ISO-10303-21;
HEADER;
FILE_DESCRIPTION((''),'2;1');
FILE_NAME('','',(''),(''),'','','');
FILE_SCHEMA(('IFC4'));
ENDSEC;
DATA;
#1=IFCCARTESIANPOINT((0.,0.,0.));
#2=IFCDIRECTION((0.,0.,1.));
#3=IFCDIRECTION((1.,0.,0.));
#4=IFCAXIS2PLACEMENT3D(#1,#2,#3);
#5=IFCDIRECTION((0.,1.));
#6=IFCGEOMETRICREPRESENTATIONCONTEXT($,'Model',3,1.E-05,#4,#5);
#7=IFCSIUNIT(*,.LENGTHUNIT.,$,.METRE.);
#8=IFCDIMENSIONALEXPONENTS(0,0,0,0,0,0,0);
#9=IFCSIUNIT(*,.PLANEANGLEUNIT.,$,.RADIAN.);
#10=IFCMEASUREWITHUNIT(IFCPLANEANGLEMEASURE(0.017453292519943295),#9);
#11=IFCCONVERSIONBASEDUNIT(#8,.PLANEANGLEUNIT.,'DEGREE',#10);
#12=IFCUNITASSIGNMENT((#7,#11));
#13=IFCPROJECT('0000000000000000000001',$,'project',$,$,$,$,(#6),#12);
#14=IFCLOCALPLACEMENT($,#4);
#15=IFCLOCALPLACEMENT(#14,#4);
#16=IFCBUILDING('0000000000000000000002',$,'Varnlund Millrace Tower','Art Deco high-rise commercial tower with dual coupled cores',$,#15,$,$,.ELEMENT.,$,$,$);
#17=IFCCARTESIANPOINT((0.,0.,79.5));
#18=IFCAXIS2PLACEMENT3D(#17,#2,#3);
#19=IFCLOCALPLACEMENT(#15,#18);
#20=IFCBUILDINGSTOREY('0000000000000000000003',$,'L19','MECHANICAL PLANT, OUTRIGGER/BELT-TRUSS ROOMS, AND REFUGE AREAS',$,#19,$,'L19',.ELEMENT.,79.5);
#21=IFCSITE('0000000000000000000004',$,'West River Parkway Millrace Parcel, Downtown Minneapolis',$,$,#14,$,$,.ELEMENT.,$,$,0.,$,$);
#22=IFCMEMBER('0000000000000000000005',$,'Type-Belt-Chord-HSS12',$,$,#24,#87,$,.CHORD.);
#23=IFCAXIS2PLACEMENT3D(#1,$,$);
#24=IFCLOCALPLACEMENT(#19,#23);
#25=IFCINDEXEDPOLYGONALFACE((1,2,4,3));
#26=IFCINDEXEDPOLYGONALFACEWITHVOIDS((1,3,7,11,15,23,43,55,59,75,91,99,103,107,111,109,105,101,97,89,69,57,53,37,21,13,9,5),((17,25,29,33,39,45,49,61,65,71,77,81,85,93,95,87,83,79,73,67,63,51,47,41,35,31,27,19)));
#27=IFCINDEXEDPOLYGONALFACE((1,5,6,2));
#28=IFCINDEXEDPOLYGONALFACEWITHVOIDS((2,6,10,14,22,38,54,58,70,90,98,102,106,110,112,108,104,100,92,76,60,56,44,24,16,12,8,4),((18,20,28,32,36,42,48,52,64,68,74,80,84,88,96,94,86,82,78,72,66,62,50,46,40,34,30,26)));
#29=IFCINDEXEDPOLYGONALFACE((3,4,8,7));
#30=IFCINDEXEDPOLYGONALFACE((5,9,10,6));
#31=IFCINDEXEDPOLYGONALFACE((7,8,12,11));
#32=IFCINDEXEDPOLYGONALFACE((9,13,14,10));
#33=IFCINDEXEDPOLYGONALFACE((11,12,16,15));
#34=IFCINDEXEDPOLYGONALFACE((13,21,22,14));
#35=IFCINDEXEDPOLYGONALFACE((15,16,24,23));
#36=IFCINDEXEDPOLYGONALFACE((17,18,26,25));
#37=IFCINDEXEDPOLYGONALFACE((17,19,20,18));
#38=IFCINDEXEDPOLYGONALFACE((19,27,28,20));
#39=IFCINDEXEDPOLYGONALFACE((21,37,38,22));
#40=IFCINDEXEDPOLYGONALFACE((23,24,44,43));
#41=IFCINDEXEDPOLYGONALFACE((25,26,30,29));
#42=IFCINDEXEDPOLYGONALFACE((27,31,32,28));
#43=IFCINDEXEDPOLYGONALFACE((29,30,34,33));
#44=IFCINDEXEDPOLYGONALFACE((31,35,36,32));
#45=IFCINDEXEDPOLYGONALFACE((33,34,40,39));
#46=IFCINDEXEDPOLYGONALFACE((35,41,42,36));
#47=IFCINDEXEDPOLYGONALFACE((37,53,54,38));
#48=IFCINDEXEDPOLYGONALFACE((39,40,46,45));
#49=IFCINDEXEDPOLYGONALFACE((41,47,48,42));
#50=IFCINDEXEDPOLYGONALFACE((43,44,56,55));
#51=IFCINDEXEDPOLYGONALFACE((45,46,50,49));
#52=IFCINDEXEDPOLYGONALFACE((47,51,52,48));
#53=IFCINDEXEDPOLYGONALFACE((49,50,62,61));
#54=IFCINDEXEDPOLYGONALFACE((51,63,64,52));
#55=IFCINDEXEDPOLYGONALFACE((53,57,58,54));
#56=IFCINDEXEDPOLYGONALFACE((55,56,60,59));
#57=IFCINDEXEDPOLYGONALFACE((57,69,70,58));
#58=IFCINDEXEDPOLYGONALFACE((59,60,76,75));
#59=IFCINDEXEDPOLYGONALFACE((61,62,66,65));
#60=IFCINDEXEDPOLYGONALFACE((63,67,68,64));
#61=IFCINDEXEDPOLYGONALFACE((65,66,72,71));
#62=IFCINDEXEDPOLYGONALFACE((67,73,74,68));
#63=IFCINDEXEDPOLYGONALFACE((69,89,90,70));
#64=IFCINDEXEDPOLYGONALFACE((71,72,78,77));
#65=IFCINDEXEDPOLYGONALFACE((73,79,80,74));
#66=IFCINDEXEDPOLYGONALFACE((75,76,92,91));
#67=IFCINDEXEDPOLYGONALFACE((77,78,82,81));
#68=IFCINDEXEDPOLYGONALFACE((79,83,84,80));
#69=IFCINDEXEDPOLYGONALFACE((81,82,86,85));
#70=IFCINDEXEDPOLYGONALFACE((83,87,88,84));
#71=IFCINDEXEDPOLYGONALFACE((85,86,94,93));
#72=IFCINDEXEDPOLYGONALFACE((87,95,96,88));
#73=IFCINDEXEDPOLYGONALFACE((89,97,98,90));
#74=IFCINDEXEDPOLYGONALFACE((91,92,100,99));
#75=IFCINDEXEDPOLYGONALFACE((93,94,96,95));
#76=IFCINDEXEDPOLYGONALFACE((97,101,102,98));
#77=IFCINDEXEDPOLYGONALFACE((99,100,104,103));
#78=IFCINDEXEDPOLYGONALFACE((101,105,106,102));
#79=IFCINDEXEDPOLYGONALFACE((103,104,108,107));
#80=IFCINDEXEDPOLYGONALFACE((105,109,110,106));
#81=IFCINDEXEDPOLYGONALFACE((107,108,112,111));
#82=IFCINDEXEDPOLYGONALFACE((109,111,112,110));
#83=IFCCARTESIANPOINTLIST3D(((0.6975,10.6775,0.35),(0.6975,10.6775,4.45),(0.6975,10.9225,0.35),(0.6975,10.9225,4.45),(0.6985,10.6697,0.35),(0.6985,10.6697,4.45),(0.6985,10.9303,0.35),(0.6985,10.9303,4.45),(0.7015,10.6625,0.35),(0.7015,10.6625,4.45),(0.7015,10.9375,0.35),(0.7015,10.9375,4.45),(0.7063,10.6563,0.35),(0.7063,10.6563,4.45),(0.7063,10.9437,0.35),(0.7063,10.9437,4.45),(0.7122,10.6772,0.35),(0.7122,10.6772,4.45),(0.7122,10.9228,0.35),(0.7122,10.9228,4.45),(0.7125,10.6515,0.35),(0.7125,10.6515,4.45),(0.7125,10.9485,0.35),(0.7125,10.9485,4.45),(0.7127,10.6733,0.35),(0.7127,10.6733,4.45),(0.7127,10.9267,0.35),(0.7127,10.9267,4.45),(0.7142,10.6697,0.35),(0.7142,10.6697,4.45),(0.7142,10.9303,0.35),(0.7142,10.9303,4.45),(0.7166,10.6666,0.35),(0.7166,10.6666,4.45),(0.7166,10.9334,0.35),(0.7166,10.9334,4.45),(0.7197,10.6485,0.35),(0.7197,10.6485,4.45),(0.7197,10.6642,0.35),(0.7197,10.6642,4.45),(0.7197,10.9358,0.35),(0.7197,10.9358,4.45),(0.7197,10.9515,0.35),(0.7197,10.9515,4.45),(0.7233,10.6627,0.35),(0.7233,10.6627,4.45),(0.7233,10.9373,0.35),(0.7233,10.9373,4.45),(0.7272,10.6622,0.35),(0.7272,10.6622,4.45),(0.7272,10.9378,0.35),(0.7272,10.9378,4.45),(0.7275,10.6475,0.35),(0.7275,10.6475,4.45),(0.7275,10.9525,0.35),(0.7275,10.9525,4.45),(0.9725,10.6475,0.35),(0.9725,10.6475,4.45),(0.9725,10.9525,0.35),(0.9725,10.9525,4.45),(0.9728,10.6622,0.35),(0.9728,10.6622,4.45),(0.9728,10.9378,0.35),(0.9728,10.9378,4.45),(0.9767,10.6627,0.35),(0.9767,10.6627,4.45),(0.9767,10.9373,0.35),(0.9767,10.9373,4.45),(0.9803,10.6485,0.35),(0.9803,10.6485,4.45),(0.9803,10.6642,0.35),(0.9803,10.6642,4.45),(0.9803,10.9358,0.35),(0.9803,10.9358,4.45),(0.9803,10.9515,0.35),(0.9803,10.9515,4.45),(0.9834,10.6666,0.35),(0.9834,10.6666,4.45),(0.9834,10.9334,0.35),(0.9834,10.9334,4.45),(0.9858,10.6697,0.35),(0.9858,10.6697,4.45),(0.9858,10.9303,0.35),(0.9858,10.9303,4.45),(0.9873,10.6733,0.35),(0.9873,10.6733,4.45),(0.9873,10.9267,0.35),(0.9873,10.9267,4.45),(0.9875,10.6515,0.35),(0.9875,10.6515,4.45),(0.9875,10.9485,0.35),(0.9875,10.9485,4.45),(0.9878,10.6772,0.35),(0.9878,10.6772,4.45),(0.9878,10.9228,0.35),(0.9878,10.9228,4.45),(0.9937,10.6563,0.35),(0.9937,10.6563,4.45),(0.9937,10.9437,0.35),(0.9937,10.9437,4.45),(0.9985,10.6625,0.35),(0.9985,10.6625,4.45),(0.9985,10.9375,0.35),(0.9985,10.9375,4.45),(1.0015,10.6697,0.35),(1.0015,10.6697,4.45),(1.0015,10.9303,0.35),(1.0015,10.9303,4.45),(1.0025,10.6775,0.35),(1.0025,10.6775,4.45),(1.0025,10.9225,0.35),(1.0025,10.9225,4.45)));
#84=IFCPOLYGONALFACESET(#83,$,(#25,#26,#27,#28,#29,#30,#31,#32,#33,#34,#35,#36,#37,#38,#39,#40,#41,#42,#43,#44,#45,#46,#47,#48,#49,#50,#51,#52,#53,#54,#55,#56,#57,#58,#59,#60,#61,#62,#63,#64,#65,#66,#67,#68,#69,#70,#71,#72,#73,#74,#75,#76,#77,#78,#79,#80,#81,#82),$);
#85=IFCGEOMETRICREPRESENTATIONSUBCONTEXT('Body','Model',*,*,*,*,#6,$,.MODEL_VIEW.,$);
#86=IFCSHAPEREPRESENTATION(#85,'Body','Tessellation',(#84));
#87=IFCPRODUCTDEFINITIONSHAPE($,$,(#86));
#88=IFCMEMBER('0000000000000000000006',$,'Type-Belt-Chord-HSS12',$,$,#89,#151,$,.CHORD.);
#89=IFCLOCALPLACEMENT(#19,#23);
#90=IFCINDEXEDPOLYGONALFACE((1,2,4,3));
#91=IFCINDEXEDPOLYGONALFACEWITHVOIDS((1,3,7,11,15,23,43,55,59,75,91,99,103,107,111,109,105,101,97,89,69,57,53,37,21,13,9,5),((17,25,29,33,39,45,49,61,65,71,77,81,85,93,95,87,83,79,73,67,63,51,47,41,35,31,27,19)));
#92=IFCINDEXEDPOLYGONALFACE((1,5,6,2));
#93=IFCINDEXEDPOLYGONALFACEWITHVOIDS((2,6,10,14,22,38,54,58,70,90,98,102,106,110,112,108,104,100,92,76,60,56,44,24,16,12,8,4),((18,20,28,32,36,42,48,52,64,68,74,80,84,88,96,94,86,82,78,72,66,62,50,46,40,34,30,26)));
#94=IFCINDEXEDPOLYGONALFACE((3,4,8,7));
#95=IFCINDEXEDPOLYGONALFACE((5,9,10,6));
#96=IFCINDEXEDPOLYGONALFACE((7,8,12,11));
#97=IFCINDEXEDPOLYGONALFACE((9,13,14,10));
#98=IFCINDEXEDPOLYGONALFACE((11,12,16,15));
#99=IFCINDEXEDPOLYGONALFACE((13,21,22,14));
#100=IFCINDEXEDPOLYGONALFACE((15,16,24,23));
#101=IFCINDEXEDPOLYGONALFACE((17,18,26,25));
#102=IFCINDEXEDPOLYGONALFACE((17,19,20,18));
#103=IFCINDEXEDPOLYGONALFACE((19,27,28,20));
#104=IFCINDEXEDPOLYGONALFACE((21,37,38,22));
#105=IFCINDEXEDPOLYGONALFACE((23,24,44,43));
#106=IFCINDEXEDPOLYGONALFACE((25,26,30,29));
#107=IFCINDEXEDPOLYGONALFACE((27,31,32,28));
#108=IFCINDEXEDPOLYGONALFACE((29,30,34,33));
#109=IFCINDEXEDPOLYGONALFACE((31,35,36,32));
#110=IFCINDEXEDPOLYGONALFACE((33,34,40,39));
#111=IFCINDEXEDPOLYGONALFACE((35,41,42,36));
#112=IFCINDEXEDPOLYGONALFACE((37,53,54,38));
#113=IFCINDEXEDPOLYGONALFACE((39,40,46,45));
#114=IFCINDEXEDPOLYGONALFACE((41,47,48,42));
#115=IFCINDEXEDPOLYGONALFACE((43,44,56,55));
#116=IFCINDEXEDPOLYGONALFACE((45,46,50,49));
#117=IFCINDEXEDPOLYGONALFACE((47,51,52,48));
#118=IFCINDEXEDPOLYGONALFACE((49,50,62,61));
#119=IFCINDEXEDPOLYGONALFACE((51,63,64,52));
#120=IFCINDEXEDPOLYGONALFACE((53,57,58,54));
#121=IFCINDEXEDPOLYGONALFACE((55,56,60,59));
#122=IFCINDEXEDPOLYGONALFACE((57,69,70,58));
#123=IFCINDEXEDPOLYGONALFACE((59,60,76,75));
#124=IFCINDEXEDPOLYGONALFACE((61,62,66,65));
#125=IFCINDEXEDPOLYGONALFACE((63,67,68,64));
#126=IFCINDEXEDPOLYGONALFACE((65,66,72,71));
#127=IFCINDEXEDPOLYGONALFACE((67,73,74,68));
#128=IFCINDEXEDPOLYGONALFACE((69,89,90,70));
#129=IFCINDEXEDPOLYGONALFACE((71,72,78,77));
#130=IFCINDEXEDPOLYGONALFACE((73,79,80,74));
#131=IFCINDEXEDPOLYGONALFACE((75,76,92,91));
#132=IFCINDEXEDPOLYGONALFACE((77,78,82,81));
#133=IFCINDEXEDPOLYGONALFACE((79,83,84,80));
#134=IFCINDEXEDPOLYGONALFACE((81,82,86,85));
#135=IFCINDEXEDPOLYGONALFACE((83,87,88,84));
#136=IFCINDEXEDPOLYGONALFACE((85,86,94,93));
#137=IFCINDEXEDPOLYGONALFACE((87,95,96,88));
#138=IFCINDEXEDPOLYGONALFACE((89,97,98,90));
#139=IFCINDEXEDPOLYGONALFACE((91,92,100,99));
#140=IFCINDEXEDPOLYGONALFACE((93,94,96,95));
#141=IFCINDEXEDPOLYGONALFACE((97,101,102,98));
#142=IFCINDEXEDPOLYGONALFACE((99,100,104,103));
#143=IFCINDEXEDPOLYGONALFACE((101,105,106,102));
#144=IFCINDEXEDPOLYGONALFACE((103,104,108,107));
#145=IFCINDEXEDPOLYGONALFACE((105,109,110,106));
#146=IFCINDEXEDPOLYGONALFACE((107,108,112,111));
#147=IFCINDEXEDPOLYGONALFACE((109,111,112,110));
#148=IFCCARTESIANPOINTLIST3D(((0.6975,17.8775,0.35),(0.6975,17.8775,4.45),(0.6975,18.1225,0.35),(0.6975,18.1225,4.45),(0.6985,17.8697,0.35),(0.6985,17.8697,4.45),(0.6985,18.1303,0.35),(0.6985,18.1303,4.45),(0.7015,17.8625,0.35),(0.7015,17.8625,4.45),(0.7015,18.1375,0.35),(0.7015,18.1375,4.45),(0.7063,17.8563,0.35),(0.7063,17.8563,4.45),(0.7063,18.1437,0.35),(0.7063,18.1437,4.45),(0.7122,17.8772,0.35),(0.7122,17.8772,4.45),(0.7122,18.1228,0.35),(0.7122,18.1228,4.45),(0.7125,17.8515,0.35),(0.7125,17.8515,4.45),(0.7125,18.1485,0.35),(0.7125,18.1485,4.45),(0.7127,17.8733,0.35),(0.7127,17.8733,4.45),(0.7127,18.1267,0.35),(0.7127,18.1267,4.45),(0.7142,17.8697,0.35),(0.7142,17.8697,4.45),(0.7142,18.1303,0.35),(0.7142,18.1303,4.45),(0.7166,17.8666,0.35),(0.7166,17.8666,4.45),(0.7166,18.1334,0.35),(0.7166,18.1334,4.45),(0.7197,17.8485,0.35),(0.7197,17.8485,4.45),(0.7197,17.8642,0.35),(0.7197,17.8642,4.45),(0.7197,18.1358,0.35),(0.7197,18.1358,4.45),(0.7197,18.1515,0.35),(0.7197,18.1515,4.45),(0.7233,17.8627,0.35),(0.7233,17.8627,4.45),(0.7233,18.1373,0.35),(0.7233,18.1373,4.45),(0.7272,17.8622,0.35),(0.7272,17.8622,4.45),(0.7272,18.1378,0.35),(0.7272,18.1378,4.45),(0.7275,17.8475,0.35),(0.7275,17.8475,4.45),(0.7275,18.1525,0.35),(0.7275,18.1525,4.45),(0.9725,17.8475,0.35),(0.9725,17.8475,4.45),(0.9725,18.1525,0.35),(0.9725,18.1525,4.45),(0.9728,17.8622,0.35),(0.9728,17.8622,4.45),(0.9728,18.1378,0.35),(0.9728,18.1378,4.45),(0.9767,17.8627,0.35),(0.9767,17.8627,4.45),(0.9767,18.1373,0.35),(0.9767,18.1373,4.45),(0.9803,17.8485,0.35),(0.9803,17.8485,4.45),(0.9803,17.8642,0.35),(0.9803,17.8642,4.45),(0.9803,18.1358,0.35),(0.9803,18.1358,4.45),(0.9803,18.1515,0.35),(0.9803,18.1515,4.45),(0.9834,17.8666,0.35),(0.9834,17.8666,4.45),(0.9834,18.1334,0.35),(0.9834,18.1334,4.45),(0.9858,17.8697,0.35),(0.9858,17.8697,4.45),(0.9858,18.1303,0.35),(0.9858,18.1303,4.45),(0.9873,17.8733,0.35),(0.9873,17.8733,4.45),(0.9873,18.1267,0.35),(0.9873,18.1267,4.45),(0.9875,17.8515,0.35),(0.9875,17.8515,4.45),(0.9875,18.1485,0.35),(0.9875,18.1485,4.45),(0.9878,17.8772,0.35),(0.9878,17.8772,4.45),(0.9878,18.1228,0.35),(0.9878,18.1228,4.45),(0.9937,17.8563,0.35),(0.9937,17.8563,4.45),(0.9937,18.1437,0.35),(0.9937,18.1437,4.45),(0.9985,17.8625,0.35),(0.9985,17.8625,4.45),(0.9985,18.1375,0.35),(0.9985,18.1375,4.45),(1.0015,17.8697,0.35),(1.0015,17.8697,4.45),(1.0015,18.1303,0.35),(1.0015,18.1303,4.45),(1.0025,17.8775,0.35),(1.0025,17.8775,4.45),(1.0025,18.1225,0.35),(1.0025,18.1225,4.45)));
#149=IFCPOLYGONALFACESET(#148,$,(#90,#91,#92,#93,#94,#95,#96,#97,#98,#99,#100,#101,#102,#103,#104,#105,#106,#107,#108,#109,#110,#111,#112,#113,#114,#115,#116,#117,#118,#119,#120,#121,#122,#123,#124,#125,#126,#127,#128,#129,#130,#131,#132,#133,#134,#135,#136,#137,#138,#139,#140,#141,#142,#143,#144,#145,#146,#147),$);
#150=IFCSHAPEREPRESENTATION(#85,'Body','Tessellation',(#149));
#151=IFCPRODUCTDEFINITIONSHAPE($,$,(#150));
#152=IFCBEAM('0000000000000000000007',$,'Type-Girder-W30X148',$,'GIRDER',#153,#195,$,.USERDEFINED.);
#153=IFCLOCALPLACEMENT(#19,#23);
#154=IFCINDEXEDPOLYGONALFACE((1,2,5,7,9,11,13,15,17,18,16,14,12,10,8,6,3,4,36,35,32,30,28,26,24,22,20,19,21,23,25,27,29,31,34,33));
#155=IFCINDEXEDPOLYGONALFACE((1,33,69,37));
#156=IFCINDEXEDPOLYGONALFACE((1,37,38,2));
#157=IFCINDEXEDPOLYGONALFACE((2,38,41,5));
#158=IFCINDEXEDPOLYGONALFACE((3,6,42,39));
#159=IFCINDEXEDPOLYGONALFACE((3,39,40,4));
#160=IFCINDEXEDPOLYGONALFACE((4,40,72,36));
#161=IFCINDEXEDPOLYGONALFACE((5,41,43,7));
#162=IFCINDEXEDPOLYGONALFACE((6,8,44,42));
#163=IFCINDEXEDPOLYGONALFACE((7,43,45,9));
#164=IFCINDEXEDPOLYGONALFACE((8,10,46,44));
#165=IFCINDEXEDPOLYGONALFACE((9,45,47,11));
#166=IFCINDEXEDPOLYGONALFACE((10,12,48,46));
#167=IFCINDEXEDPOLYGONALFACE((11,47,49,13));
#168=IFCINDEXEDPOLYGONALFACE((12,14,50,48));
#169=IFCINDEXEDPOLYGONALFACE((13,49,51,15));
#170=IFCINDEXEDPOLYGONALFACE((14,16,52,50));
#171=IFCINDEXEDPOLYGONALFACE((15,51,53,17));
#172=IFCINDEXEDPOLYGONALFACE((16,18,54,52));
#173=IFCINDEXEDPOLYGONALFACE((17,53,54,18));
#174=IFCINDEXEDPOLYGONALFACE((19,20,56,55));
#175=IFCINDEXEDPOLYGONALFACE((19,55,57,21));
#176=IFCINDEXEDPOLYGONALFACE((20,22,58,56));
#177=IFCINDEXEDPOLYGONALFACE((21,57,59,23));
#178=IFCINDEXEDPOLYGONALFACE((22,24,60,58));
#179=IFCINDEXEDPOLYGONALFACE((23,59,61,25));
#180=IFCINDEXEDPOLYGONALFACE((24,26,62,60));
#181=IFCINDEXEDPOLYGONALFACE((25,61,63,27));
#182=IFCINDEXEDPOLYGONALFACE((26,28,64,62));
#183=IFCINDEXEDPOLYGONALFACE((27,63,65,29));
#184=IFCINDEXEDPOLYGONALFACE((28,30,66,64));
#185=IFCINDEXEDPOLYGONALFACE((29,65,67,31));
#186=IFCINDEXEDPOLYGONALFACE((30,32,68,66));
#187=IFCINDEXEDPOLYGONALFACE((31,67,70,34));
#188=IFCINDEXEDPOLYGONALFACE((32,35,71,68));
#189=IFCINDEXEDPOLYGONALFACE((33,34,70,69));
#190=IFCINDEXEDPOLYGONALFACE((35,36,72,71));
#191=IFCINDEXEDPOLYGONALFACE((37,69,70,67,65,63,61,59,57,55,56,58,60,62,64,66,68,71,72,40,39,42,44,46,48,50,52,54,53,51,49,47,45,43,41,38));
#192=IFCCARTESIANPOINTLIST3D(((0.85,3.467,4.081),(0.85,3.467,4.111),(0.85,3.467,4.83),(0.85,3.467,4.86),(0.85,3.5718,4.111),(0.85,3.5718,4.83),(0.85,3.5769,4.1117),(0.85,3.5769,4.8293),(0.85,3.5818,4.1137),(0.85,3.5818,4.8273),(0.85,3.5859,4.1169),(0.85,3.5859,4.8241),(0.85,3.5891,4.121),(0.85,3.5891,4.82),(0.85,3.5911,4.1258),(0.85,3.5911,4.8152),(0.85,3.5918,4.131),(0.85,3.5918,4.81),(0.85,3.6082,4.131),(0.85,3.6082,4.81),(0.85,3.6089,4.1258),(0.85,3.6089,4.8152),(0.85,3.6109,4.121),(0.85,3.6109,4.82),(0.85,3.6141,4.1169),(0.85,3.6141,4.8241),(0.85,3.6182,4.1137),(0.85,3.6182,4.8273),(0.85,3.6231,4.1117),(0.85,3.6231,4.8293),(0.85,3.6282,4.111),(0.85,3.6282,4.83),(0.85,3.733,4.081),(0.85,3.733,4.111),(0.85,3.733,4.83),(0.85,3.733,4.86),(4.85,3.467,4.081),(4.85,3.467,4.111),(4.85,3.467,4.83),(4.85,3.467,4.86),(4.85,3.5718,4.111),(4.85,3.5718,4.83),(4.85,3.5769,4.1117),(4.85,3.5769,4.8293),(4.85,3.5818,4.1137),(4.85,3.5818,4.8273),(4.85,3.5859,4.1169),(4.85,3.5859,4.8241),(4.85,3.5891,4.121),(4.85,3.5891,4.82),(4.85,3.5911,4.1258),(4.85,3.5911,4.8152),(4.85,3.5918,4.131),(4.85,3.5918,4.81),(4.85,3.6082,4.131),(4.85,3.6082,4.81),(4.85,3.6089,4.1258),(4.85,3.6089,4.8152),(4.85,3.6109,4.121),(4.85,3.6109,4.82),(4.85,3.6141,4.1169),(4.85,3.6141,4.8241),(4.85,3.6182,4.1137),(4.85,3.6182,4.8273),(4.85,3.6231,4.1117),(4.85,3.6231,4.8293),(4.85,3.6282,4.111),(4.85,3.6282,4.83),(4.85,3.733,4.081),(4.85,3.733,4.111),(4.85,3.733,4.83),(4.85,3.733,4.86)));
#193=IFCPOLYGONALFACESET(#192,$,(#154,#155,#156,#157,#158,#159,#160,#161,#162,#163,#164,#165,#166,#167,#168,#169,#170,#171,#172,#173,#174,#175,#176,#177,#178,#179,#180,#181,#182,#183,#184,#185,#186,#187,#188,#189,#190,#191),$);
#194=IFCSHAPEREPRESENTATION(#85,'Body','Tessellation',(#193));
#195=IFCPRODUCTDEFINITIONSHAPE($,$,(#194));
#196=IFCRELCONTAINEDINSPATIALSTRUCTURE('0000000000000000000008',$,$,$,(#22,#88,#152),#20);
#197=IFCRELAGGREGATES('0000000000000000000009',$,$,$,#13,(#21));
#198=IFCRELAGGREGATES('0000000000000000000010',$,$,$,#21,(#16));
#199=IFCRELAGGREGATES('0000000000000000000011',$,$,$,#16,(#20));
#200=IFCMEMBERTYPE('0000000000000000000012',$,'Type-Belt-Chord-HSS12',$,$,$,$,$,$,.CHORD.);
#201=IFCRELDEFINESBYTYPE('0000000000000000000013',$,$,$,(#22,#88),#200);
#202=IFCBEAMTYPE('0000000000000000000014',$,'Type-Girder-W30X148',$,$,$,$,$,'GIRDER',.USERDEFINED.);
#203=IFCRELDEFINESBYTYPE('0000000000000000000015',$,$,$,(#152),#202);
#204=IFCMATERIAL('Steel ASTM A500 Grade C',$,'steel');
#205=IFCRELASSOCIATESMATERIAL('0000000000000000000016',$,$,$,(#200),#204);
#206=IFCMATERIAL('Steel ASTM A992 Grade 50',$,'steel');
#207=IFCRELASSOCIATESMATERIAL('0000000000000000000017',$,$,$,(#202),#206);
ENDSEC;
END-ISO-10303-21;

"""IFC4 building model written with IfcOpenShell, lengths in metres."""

from ifc_helpers import new_model, entity, si_unit, converted_unit, direction, frame, origin_with_axes, origin_2d_with_axis, place, context, subcontext, project, spatial, hollow_rectangle, i_section, extrude, material, material_profile, profile_set, type_object, element, save


model = new_model("IFC4")

# Units and contexts
model_context = context("Model", 3, precision=1e-05, world=origin_with_axes(), true_north=direction((0.0, 1.0)))
body_context = subcontext(model_context, "Body", "Model", "MODEL_VIEW")
ifc_project = project(units=[si_unit("LENGTHUNIT", "METRE"), converted_unit("PLANEANGLEUNIT", "DEGREE", entity("IfcPlaneAngleMeasure", 0.017453292519943295), si_unit("PLANEANGLEUNIT", "RADIAN"), dimensions=[0, 0, 0, 0, 0, 0, 0])], contexts=[model_context])

# Site, building, storey
site_placement = place(None, origin_with_axes())
site = spatial("IfcSite", under=ifc_project, at=site_placement, Name="West River Parkway Millrace Parcel, Downtown Minneapolis", CompositionType="ELEMENT", RefElevation=0.0)
building_placement = place(site_placement, origin_with_axes())
building = spatial("IfcBuilding", under=site, at=building_placement, Name="Varnlund Millrace Tower", Description="Art Deco high-rise commercial tower with dual coupled cores", CompositionType="ELEMENT")
storey_placement = place(building_placement, frame((0.0, 0.0, 79.5), z_axis=(0.0, 0.0, 1.0), x_axis=(1.0, 0.0, 0.0)))
storey = spatial("IfcBuildingStorey", under=building, at=storey_placement, Name="L19", Description="MECHANICAL PLANT, OUTRIGGER/BELT-TRUSS ROOMS, AND REFUGE AREAS", LongName="L19", CompositionType="ELEMENT", Elevation=79.5)

# Members
ifc_material_1 = material(Name="Steel ASTM A500 Grade C", Category="steel")
ifc_material_profile_1 = material_profile(ifc_material_1, hollow_rectangle(XDim=0.305, YDim=0.305, WallThickness=0.0147, InnerFilletRadius=0.015, OuterFilletRadius=0.03, at=origin_2d_with_axis()), Name="Steel ASTM A500 Grade C")
ifc_profile_set_1 = profile_set([ifc_material_profile_1], Name="Steel ASTM A500 Grade C")
member_type_1 = type_object("IfcMemberType", Name="Type-Belt-Chord-HSS12", PredefinedType="CHORD", material=ifc_profile_set_1)
for number, where, z_axis, x_axis, name in (
    (1, (0.85, 10.8, 0.35), (0.0, 0.0, 1.0), (1.0, 0.0, 0.0), "Type-Belt-Chord-HSS12"),
    (2, (0.85, 18.0, 0.35), (0.0, 0.0, 1.0), (1.0, 0.0, 0.0), "Type-Belt-Chord-HSS12"),
):
    element("IfcMember", number, at=place(storey_placement, frame(where, z_axis=z_axis, x_axis=x_axis)), inside=storey, type_object=member_type_1, Name=name, PredefinedType="CHORD", context=body_context, shape_type="SweptSolid", body=[
        extrude(hollow_rectangle(XDim=0.305, YDim=0.305, WallThickness=0.0147, InnerFilletRadius=0.015, OuterFilletRadius=0.03, at=origin_2d_with_axis()), origin_with_axes(), (0.0, 0.0, 1.0), 4.1),
    ])

# Beam
ifc_material_2 = material(Name="Steel ASTM A992 Grade 50", Category="steel")
ifc_material_profile_2 = material_profile(ifc_material_2, i_section(OverallWidth=0.266, OverallDepth=0.779, WebThickness=0.0165, FlangeThickness=0.03, FilletRadius=0.02, at=origin_2d_with_axis()), Name="Steel ASTM A992 Grade 50")
ifc_profile_set_2 = profile_set([ifc_material_profile_2], Name="Steel ASTM A992 Grade 50")
beam_type_1 = type_object("IfcBeamType", Name="Type-Girder-W30X148", ElementType="GIRDER", PredefinedType="USERDEFINED", material=ifc_profile_set_2)
beam_1_placement = place(storey_placement, frame((0.85, 3.6, 4.4705), z_axis=(1.0, 0.0, 0.0), x_axis=(0.0, 1.0, 0.0)))
element("IfcBeam", 3, at=beam_1_placement, inside=storey, type_object=beam_type_1, Name="Type-Girder-W30X148", ObjectType="GIRDER", PredefinedType="USERDEFINED", context=body_context, shape_type="SweptSolid", body=[
    extrude(i_section(OverallWidth=0.266, OverallDepth=0.779, WebThickness=0.0165, FlangeThickness=0.03, FilletRadius=0.02, at=origin_2d_with_axis()), origin_with_axes(), (0.0, 0.0, 1.0), 4.0),
])

save(model, "model.ifc")
